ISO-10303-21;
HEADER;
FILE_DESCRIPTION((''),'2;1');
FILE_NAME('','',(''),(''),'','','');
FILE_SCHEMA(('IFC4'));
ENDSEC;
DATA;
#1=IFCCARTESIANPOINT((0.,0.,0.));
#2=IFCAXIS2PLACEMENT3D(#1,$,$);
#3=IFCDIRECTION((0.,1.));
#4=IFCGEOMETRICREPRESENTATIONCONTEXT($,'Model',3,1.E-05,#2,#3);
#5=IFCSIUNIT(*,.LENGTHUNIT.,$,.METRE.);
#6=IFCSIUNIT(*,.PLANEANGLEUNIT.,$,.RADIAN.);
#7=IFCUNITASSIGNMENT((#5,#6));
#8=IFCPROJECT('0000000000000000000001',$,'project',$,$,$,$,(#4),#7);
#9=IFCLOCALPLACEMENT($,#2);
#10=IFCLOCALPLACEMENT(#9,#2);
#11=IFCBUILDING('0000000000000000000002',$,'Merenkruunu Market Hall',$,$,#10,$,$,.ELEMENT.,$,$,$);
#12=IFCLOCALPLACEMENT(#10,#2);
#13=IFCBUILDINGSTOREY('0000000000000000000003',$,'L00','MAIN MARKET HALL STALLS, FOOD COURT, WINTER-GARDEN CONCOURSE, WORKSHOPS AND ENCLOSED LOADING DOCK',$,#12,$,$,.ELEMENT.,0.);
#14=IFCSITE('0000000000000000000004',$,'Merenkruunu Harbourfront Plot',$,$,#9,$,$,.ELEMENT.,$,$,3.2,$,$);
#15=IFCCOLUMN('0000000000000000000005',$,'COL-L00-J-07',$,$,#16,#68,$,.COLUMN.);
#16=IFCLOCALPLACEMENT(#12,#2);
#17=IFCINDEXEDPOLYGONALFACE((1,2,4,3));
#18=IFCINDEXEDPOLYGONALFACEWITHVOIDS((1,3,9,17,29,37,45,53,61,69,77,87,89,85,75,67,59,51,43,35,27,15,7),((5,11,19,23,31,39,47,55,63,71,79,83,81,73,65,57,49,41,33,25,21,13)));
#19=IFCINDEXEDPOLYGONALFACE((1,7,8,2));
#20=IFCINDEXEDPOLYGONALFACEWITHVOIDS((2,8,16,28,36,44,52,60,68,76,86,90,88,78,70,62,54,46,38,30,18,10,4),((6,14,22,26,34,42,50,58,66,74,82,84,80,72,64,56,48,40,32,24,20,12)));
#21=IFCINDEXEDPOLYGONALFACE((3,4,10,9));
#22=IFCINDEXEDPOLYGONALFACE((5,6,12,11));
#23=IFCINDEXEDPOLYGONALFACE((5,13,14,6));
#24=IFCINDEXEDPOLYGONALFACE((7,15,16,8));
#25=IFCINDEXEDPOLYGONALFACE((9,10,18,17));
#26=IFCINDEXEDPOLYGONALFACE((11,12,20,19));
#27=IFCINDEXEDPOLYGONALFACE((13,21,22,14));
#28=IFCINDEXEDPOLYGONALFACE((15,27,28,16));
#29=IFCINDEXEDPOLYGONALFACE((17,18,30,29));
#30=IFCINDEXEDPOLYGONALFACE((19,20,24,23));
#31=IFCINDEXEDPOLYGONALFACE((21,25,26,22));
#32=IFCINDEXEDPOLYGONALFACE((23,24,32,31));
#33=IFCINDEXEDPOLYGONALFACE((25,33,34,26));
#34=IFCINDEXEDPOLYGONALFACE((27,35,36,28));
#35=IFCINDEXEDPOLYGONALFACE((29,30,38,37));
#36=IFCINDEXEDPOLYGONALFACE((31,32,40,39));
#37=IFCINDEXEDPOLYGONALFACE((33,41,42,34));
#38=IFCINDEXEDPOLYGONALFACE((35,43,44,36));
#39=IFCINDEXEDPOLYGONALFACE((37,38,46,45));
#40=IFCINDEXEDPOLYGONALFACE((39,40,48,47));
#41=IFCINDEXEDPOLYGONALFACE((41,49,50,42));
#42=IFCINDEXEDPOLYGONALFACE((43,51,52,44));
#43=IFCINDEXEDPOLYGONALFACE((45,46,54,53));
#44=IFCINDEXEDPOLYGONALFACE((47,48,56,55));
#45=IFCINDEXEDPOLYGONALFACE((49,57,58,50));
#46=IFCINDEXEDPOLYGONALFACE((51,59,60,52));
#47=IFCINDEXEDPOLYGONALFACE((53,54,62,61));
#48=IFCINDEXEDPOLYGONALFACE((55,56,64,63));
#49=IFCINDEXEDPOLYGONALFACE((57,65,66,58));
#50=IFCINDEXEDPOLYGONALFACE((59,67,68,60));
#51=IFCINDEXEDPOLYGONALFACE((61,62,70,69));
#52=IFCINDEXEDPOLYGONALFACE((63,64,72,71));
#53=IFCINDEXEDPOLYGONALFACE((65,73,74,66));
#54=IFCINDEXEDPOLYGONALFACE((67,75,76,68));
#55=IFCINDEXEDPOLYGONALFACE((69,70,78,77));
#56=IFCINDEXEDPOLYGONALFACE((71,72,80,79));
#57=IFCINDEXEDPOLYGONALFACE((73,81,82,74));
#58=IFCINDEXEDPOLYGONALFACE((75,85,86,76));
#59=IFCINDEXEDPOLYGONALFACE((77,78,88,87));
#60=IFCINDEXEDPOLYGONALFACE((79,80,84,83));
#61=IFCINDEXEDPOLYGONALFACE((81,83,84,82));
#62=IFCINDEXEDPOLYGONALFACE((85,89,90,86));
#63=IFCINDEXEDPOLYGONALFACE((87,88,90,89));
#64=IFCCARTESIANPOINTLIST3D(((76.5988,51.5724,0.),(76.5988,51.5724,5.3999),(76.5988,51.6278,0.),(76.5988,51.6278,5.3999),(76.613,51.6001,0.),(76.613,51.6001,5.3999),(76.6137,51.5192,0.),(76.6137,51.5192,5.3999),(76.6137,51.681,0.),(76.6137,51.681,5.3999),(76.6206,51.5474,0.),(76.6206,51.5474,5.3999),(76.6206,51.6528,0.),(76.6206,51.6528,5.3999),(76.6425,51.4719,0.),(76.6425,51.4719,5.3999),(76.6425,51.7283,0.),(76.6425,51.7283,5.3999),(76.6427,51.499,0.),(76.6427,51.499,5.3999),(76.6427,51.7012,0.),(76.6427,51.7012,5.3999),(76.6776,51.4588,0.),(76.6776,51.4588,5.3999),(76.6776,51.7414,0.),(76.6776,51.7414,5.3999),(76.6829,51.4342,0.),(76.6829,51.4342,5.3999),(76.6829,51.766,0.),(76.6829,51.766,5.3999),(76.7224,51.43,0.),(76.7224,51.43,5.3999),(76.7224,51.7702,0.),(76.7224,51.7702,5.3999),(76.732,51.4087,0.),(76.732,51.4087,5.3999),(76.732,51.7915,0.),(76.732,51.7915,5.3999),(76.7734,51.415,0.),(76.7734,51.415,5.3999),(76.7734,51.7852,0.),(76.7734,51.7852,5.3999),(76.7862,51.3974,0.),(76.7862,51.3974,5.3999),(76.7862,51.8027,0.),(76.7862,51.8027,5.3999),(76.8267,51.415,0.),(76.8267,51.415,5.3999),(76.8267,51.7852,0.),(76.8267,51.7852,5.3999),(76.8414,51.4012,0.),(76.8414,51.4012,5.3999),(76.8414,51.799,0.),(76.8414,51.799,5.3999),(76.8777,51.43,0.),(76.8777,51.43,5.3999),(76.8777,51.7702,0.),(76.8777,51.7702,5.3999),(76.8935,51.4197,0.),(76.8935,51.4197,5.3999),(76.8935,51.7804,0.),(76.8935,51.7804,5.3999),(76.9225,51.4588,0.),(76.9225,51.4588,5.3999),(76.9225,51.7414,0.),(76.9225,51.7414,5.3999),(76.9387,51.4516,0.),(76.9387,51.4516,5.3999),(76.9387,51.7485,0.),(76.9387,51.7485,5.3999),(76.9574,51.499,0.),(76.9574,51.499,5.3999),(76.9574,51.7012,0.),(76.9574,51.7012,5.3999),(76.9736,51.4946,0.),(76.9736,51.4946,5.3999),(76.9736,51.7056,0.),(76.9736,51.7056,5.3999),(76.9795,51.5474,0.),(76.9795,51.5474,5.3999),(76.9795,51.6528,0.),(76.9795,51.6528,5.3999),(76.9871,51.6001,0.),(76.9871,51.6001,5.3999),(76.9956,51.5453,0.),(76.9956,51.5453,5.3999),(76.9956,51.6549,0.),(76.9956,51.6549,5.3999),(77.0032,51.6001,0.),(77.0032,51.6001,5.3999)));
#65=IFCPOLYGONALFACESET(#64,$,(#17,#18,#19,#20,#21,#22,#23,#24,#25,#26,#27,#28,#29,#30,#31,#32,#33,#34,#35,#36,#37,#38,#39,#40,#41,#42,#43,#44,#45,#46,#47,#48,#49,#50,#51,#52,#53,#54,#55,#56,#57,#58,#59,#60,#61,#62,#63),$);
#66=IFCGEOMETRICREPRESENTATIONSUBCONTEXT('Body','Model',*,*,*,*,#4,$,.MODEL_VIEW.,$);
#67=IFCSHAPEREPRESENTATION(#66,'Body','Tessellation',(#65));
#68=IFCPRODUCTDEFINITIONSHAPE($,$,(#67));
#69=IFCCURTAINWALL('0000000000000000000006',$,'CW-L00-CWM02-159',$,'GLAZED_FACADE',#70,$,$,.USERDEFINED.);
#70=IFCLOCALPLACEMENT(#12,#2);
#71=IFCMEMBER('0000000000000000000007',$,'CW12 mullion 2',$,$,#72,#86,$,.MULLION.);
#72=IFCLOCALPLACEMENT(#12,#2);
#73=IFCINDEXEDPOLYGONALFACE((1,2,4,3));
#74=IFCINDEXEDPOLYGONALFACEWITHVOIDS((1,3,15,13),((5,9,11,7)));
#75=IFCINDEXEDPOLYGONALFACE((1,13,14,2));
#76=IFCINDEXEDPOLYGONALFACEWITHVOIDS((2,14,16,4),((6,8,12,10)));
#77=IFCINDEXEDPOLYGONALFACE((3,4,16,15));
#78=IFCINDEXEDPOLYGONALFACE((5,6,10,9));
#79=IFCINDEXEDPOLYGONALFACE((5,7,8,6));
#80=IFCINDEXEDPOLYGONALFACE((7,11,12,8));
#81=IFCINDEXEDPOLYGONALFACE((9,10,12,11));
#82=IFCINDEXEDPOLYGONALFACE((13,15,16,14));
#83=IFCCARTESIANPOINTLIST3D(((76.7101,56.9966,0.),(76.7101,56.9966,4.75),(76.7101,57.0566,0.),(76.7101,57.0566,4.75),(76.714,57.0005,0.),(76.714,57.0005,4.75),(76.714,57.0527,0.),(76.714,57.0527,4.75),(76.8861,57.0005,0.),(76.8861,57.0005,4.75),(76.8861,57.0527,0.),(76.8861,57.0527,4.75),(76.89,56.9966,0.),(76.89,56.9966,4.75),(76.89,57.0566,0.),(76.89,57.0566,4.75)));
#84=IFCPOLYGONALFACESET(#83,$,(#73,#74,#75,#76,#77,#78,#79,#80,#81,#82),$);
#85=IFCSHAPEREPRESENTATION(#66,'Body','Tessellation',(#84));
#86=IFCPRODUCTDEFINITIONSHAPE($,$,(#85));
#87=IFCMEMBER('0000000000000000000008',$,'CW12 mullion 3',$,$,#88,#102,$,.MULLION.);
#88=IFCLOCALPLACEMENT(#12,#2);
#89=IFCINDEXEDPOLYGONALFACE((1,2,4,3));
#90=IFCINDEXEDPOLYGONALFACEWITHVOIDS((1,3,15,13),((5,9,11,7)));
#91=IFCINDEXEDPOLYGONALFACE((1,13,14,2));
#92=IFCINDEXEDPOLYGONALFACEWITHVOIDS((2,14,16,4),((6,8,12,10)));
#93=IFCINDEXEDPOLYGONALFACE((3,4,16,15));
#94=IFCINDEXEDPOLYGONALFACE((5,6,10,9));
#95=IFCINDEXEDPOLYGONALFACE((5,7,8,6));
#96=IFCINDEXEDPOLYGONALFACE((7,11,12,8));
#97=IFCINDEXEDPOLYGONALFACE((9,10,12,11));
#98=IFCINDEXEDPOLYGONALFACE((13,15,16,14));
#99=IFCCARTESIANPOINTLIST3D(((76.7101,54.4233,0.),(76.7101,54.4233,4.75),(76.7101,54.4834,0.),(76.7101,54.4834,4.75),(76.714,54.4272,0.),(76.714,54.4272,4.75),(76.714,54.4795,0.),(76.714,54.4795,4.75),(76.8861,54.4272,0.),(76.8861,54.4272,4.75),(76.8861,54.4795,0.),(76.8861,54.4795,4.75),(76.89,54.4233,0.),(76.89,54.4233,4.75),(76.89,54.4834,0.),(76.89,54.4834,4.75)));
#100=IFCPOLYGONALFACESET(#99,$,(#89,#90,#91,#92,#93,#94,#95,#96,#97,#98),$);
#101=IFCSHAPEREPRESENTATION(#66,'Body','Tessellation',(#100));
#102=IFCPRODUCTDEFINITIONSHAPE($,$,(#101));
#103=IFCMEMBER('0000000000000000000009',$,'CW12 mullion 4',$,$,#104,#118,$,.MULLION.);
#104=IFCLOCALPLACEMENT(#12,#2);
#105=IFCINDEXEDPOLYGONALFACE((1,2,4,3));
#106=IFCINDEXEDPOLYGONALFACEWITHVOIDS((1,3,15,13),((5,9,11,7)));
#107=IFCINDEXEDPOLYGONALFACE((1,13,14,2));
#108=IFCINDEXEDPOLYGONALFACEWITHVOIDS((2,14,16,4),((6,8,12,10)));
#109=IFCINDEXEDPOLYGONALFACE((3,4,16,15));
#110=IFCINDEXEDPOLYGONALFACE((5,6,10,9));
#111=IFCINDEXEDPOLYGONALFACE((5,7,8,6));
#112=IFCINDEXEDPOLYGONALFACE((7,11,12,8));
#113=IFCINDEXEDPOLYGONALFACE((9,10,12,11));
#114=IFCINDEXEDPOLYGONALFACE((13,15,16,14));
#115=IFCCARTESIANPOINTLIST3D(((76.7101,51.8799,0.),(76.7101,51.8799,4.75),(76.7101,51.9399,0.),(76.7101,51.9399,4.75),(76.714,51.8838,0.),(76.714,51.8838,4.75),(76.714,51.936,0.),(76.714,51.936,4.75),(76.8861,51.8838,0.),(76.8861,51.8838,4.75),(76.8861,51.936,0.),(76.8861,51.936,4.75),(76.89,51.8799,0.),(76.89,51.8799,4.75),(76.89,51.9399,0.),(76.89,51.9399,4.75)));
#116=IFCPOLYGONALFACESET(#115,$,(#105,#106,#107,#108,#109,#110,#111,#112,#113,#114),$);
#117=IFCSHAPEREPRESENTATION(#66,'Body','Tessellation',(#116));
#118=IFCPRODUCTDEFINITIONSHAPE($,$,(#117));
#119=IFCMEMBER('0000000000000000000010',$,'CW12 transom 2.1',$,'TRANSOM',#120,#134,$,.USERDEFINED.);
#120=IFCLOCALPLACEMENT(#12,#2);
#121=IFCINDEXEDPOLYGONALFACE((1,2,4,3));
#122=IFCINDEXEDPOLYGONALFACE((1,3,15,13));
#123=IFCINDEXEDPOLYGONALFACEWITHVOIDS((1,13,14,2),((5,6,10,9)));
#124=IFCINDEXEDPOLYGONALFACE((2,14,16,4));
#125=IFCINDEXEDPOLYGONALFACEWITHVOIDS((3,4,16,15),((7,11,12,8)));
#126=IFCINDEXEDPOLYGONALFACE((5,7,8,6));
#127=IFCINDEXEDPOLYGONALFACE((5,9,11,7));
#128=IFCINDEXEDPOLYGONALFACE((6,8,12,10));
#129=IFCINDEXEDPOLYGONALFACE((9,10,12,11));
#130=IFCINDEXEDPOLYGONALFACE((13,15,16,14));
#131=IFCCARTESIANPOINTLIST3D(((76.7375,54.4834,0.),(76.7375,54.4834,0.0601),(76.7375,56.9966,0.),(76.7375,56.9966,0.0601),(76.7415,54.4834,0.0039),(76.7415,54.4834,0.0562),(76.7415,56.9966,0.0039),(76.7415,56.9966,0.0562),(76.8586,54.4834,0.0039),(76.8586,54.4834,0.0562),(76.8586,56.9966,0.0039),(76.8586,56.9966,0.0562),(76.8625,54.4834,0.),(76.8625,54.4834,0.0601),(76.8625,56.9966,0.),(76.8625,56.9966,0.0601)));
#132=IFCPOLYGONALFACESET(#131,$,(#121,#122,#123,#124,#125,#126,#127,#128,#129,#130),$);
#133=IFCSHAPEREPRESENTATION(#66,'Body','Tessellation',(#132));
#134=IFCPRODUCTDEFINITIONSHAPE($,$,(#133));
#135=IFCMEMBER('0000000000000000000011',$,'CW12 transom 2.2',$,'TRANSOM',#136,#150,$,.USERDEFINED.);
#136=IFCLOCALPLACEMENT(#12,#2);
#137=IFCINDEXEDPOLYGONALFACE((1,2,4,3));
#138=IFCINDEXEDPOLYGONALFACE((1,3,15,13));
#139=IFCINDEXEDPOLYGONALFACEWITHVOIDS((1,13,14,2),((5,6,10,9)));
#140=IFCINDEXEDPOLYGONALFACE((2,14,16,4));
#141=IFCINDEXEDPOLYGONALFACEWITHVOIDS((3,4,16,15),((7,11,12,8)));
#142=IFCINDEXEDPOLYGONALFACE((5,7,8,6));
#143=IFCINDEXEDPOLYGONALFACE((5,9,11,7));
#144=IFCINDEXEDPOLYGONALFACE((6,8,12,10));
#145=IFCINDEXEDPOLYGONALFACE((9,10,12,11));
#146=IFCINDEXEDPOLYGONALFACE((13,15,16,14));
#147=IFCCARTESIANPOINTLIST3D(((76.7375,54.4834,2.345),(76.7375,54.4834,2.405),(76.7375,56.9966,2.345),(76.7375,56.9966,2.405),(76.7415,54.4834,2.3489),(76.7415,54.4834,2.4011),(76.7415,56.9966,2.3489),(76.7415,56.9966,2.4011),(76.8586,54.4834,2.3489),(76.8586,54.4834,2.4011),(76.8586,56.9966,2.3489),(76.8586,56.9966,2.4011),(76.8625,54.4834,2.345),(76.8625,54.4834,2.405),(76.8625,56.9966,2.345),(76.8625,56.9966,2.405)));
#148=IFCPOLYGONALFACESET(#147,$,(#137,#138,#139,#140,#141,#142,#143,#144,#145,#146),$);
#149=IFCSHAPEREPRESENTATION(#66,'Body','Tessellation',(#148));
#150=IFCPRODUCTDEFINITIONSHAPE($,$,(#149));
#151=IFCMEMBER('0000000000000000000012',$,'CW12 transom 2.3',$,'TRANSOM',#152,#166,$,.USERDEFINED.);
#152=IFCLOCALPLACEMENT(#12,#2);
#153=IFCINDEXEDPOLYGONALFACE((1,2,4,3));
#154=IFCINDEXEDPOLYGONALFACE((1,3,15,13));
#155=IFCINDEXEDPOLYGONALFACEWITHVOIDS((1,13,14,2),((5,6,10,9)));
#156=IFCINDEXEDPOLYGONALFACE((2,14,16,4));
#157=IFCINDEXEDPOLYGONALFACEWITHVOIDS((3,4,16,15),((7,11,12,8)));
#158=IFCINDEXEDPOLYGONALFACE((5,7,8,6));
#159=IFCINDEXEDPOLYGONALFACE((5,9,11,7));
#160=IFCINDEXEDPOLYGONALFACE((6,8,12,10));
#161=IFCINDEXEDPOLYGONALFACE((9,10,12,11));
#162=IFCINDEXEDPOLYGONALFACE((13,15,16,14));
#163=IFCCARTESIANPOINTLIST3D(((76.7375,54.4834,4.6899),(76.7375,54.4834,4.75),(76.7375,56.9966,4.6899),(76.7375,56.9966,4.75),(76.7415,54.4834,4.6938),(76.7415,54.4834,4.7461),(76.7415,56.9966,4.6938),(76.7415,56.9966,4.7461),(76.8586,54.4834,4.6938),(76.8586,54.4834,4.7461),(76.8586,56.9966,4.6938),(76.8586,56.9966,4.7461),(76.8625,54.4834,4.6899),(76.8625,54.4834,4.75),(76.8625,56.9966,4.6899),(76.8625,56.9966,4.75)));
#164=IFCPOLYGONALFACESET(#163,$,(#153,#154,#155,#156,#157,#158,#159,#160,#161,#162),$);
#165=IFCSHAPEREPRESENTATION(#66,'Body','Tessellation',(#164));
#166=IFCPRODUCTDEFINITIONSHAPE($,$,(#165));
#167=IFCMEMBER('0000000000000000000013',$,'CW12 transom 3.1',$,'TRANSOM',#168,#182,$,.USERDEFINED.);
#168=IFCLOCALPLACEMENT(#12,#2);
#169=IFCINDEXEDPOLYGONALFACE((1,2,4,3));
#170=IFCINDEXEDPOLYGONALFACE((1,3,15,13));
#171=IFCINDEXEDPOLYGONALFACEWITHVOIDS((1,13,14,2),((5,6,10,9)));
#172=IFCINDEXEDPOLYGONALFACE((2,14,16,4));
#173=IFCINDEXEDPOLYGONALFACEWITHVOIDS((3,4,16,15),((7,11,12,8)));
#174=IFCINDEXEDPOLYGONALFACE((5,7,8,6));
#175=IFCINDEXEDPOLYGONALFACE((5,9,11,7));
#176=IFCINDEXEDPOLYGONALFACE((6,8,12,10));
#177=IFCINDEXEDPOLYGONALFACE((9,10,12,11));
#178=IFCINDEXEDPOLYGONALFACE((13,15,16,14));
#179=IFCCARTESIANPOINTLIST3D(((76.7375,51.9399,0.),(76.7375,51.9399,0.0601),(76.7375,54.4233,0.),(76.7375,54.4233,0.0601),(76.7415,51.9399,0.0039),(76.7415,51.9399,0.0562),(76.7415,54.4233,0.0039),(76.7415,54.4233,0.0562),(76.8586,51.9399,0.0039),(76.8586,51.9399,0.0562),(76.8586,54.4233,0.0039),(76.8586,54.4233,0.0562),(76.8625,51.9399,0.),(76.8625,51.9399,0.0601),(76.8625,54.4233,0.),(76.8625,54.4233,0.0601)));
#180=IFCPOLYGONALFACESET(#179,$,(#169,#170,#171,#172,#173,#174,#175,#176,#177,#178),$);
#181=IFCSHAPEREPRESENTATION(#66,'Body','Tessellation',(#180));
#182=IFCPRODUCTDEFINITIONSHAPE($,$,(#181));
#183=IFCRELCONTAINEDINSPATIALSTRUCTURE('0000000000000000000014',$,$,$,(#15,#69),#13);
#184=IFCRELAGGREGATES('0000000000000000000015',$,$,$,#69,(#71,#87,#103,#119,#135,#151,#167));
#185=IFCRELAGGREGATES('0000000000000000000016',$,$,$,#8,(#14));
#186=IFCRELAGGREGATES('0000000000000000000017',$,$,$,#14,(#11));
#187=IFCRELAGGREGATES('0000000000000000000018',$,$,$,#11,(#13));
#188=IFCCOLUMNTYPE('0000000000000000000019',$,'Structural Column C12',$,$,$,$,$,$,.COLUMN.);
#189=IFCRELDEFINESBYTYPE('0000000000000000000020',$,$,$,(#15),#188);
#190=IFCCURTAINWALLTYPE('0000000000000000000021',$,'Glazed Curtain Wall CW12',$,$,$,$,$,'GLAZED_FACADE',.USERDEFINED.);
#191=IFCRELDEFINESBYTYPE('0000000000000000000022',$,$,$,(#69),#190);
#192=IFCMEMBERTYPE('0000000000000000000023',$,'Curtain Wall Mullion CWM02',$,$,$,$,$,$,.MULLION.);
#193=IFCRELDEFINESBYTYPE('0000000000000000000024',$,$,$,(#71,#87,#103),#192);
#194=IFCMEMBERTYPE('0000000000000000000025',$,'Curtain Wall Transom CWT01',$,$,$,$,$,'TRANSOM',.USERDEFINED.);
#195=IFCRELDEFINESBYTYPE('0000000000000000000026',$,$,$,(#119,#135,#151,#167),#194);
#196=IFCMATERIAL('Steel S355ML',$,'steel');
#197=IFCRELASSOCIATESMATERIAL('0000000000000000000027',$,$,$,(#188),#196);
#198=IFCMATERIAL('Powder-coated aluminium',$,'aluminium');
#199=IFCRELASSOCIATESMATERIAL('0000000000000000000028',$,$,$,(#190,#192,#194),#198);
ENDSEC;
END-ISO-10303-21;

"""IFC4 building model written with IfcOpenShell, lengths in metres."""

from ifc_helpers import new_model, si_unit, direction, frame, origin, origin_2d, place, context, subcontext, project, spatial, hollow_rectangle, hollow_circle, extrude, material, material_profile, profile_set, type_object, element, aggregate, save


model = new_model("IFC4")

# Units and contexts
model_context = context("Model", 3, precision=1e-05, world=origin(), true_north=direction((0.0, 1.0)))
body_context = subcontext(model_context, "Body", "Model", "MODEL_VIEW")
ifc_project = project(units=[si_unit("LENGTHUNIT", "METRE"), si_unit("PLANEANGLEUNIT", "RADIAN")], contexts=[model_context])

# Site, building, storey
site_placement = place(None, origin())
site = spatial("IfcSite", under=ifc_project, at=site_placement, Name="Merenkruunu Harbourfront Plot", CompositionType="ELEMENT", RefElevation=3.2)
building_placement = place(site_placement, origin())
building = spatial("IfcBuilding", under=site, at=building_placement, Name="Merenkruunu Market Hall", CompositionType="ELEMENT")
storey_placement = place(building_placement, origin())
storey = spatial("IfcBuildingStorey", under=building, at=storey_placement, Name="L00", Description="MAIN MARKET HALL STALLS, FOOD COURT, WINTER-GARDEN CONCOURSE, WORKSHOPS AND ENCLOSED LOADING DOCK", CompositionType="ELEMENT", Elevation=0.0)

# Column
ifc_material_1 = material(Name="Steel S355ML", Category="steel")
ifc_material_profile_1 = material_profile(ifc_material_1, hollow_circle(Radius=0.2031, WallThickness=0.0161, at=origin_2d()), Name="CHS 406.4x16")
ifc_profile_set_1 = profile_set([ifc_material_profile_1], Name="Steel S355ML")
column_type = type_object("IfcColumnType", Name="Structural Column C12", PredefinedType="COLUMN", material=ifc_profile_set_1)
column_placement = place(storey_placement, frame((76.8, 51.6001, 0.0), z_axis=(0.0, 0.0, 1.0), x_axis=(1.0, 0.0, 0.0)))
element("IfcColumn", 1, at=column_placement, inside=storey, type_object=column_type, Name="COL-L00-J-07", PredefinedType="COLUMN", context=body_context, shape_type="SweptSolid", body=[
    extrude(hollow_circle(Radius=0.2031, WallThickness=0.0161, at=origin_2d()), origin(), (0.0, 0.0, 1.0), 5.3999),
])

# Curtain wall, members
ifc_material_2 = material(Name="Powder-coated aluminium", Category="aluminium")
curtain_wall_type = type_object("IfcCurtainWallType", Name="Glazed Curtain Wall CW12", ElementType="GLAZED_FACADE", PredefinedType="USERDEFINED", material=ifc_material_2)
curtain_wall_placement = place(storey_placement, origin())
curtain_wall = element("IfcCurtainWall", 2, at=curtain_wall_placement, inside=storey, type_object=curtain_wall_type, Name="CW-L00-CWM02-159", ObjectType="GLAZED_FACADE", PredefinedType="USERDEFINED")
ifc_material_profile_2 = material_profile(ifc_material_2, hollow_rectangle(XDim=0.0601, YDim=0.1799, WallThickness=0.0039, at=origin_2d()), Name="ALU 60x180x4")
ifc_profile_set_2 = profile_set([ifc_material_profile_2], Name="Powder-coated aluminium")
member_type_1 = type_object("IfcMemberType", Name="Curtain Wall Mullion CWM02", PredefinedType="MULLION", material=ifc_profile_set_2)
member_1_placement = place(storey_placement, frame((76.8, 57.0266, 0.0), z_axis=(0.0, 0.0, 1.0), x_axis=(0.0, -1.0, 0.0)))
member_1 = element("IfcMember", 3, at=member_1_placement, type_object=member_type_1, Name="CW12 mullion 2", PredefinedType="MULLION", context=body_context, shape_type="SweptSolid", body=[
    extrude(hollow_rectangle(XDim=0.0601, YDim=0.1799, WallThickness=0.0039, at=origin_2d()), origin(), (0.0, 0.0, 1.0), 4.75),
])
member_2_placement = place(storey_placement, frame((76.8, 54.4534, 0.0), z_axis=(0.0, 0.0, 1.0), x_axis=(0.0, -1.0, 0.0)))
member_2 = element("IfcMember", 4, at=member_2_placement, type_object=member_type_1, Name="CW12 mullion 3", PredefinedType="MULLION", context=body_context, shape_type="SweptSolid", body=[
    extrude(hollow_rectangle(XDim=0.0601, YDim=0.1799, WallThickness=0.0039, at=origin_2d()), origin(), (0.0, 0.0, 1.0), 4.75),
])
member_3_placement = place(storey_placement, frame((76.8, 51.9099, 0.0), z_axis=(0.0, 0.0, 1.0), x_axis=(0.0, -1.0, 0.0)))
member_3 = element("IfcMember", 5, at=member_3_placement, type_object=member_type_1, Name="CW12 mullion 4", PredefinedType="MULLION", context=body_context, shape_type="SweptSolid", body=[
    extrude(hollow_rectangle(XDim=0.0601, YDim=0.1799, WallThickness=0.0039, at=origin_2d()), origin(), (0.0, 0.0, 1.0), 4.75),
])
ifc_material_profile_3 = material_profile(ifc_material_2, hollow_rectangle(XDim=0.0601, YDim=0.125, WallThickness=0.0039, at=origin_2d()), Name="ALU 60x125x4")
ifc_profile_set_3 = profile_set([ifc_material_profile_3], Name="Powder-coated aluminium")
member_type_2 = type_object("IfcMemberType", Name="Curtain Wall Transom CWT01", ElementType="TRANSOM", PredefinedType="USERDEFINED", material=ifc_profile_set_3)
member_4_placement = place(storey_placement, frame((76.8, 56.9966, 0.03), z_axis=(0.0, -1.0, 0.0), x_axis=(0.0, 0.0, 1.0)))
member_4 = element("IfcMember", 6, at=member_4_placement, type_object=member_type_2, Name="CW12 transom 2.1", ObjectType="TRANSOM", PredefinedType="USERDEFINED", context=body_context, shape_type="SweptSolid", body=[
    extrude(hollow_rectangle(XDim=0.0601, YDim=0.125, WallThickness=0.0039, at=origin_2d()), origin(), (0.0, 0.0, 1.0), 2.5132),
])
member_5_placement = place(storey_placement, frame((76.8, 56.9966, 2.375), z_axis=(0.0, -1.0, 0.0), x_axis=(0.0, 0.0, 1.0)))
member_5 = element("IfcMember", 7, at=member_5_placement, type_object=member_type_2, Name="CW12 transom 2.2", ObjectType="TRANSOM", PredefinedType="USERDEFINED", context=body_context, shape_type="SweptSolid", body=[
    extrude(hollow_rectangle(XDim=0.0601, YDim=0.125, WallThickness=0.0039, at=origin_2d()), origin(), (0.0, 0.0, 1.0), 2.5132),
])
member_6_placement = place(storey_placement, frame((76.8, 56.9966, 4.72), z_axis=(0.0, -1.0, 0.0), x_axis=(0.0, 0.0, 1.0)))
member_6 = element("IfcMember", 8, at=member_6_placement, type_object=member_type_2, Name="CW12 transom 2.3", ObjectType="TRANSOM", PredefinedType="USERDEFINED", context=body_context, shape_type="SweptSolid", body=[
    extrude(hollow_rectangle(XDim=0.0601, YDim=0.125, WallThickness=0.0039, at=origin_2d()), origin(), (0.0, 0.0, 1.0), 2.5132),
])
member_7_placement = place(storey_placement, frame((76.8, 54.4233, 0.03), z_axis=(0.0, -1.0, 0.0), x_axis=(0.0, 0.0, 1.0)))
member_7 = element("IfcMember", 9, at=member_7_placement, type_object=member_type_2, Name="CW12 transom 3.1", ObjectType="TRANSOM", PredefinedType="USERDEFINED", context=body_context, shape_type="SweptSolid", body=[
    extrude(hollow_rectangle(XDim=0.0601, YDim=0.125, WallThickness=0.0039, at=origin_2d()), origin(), (0.0, 0.0, 1.0), 2.4834),
])

aggregate(curtain_wall, [member_1, member_2, member_3, member_4, member_5, member_6, member_7])

save(model, "model.ifc")
